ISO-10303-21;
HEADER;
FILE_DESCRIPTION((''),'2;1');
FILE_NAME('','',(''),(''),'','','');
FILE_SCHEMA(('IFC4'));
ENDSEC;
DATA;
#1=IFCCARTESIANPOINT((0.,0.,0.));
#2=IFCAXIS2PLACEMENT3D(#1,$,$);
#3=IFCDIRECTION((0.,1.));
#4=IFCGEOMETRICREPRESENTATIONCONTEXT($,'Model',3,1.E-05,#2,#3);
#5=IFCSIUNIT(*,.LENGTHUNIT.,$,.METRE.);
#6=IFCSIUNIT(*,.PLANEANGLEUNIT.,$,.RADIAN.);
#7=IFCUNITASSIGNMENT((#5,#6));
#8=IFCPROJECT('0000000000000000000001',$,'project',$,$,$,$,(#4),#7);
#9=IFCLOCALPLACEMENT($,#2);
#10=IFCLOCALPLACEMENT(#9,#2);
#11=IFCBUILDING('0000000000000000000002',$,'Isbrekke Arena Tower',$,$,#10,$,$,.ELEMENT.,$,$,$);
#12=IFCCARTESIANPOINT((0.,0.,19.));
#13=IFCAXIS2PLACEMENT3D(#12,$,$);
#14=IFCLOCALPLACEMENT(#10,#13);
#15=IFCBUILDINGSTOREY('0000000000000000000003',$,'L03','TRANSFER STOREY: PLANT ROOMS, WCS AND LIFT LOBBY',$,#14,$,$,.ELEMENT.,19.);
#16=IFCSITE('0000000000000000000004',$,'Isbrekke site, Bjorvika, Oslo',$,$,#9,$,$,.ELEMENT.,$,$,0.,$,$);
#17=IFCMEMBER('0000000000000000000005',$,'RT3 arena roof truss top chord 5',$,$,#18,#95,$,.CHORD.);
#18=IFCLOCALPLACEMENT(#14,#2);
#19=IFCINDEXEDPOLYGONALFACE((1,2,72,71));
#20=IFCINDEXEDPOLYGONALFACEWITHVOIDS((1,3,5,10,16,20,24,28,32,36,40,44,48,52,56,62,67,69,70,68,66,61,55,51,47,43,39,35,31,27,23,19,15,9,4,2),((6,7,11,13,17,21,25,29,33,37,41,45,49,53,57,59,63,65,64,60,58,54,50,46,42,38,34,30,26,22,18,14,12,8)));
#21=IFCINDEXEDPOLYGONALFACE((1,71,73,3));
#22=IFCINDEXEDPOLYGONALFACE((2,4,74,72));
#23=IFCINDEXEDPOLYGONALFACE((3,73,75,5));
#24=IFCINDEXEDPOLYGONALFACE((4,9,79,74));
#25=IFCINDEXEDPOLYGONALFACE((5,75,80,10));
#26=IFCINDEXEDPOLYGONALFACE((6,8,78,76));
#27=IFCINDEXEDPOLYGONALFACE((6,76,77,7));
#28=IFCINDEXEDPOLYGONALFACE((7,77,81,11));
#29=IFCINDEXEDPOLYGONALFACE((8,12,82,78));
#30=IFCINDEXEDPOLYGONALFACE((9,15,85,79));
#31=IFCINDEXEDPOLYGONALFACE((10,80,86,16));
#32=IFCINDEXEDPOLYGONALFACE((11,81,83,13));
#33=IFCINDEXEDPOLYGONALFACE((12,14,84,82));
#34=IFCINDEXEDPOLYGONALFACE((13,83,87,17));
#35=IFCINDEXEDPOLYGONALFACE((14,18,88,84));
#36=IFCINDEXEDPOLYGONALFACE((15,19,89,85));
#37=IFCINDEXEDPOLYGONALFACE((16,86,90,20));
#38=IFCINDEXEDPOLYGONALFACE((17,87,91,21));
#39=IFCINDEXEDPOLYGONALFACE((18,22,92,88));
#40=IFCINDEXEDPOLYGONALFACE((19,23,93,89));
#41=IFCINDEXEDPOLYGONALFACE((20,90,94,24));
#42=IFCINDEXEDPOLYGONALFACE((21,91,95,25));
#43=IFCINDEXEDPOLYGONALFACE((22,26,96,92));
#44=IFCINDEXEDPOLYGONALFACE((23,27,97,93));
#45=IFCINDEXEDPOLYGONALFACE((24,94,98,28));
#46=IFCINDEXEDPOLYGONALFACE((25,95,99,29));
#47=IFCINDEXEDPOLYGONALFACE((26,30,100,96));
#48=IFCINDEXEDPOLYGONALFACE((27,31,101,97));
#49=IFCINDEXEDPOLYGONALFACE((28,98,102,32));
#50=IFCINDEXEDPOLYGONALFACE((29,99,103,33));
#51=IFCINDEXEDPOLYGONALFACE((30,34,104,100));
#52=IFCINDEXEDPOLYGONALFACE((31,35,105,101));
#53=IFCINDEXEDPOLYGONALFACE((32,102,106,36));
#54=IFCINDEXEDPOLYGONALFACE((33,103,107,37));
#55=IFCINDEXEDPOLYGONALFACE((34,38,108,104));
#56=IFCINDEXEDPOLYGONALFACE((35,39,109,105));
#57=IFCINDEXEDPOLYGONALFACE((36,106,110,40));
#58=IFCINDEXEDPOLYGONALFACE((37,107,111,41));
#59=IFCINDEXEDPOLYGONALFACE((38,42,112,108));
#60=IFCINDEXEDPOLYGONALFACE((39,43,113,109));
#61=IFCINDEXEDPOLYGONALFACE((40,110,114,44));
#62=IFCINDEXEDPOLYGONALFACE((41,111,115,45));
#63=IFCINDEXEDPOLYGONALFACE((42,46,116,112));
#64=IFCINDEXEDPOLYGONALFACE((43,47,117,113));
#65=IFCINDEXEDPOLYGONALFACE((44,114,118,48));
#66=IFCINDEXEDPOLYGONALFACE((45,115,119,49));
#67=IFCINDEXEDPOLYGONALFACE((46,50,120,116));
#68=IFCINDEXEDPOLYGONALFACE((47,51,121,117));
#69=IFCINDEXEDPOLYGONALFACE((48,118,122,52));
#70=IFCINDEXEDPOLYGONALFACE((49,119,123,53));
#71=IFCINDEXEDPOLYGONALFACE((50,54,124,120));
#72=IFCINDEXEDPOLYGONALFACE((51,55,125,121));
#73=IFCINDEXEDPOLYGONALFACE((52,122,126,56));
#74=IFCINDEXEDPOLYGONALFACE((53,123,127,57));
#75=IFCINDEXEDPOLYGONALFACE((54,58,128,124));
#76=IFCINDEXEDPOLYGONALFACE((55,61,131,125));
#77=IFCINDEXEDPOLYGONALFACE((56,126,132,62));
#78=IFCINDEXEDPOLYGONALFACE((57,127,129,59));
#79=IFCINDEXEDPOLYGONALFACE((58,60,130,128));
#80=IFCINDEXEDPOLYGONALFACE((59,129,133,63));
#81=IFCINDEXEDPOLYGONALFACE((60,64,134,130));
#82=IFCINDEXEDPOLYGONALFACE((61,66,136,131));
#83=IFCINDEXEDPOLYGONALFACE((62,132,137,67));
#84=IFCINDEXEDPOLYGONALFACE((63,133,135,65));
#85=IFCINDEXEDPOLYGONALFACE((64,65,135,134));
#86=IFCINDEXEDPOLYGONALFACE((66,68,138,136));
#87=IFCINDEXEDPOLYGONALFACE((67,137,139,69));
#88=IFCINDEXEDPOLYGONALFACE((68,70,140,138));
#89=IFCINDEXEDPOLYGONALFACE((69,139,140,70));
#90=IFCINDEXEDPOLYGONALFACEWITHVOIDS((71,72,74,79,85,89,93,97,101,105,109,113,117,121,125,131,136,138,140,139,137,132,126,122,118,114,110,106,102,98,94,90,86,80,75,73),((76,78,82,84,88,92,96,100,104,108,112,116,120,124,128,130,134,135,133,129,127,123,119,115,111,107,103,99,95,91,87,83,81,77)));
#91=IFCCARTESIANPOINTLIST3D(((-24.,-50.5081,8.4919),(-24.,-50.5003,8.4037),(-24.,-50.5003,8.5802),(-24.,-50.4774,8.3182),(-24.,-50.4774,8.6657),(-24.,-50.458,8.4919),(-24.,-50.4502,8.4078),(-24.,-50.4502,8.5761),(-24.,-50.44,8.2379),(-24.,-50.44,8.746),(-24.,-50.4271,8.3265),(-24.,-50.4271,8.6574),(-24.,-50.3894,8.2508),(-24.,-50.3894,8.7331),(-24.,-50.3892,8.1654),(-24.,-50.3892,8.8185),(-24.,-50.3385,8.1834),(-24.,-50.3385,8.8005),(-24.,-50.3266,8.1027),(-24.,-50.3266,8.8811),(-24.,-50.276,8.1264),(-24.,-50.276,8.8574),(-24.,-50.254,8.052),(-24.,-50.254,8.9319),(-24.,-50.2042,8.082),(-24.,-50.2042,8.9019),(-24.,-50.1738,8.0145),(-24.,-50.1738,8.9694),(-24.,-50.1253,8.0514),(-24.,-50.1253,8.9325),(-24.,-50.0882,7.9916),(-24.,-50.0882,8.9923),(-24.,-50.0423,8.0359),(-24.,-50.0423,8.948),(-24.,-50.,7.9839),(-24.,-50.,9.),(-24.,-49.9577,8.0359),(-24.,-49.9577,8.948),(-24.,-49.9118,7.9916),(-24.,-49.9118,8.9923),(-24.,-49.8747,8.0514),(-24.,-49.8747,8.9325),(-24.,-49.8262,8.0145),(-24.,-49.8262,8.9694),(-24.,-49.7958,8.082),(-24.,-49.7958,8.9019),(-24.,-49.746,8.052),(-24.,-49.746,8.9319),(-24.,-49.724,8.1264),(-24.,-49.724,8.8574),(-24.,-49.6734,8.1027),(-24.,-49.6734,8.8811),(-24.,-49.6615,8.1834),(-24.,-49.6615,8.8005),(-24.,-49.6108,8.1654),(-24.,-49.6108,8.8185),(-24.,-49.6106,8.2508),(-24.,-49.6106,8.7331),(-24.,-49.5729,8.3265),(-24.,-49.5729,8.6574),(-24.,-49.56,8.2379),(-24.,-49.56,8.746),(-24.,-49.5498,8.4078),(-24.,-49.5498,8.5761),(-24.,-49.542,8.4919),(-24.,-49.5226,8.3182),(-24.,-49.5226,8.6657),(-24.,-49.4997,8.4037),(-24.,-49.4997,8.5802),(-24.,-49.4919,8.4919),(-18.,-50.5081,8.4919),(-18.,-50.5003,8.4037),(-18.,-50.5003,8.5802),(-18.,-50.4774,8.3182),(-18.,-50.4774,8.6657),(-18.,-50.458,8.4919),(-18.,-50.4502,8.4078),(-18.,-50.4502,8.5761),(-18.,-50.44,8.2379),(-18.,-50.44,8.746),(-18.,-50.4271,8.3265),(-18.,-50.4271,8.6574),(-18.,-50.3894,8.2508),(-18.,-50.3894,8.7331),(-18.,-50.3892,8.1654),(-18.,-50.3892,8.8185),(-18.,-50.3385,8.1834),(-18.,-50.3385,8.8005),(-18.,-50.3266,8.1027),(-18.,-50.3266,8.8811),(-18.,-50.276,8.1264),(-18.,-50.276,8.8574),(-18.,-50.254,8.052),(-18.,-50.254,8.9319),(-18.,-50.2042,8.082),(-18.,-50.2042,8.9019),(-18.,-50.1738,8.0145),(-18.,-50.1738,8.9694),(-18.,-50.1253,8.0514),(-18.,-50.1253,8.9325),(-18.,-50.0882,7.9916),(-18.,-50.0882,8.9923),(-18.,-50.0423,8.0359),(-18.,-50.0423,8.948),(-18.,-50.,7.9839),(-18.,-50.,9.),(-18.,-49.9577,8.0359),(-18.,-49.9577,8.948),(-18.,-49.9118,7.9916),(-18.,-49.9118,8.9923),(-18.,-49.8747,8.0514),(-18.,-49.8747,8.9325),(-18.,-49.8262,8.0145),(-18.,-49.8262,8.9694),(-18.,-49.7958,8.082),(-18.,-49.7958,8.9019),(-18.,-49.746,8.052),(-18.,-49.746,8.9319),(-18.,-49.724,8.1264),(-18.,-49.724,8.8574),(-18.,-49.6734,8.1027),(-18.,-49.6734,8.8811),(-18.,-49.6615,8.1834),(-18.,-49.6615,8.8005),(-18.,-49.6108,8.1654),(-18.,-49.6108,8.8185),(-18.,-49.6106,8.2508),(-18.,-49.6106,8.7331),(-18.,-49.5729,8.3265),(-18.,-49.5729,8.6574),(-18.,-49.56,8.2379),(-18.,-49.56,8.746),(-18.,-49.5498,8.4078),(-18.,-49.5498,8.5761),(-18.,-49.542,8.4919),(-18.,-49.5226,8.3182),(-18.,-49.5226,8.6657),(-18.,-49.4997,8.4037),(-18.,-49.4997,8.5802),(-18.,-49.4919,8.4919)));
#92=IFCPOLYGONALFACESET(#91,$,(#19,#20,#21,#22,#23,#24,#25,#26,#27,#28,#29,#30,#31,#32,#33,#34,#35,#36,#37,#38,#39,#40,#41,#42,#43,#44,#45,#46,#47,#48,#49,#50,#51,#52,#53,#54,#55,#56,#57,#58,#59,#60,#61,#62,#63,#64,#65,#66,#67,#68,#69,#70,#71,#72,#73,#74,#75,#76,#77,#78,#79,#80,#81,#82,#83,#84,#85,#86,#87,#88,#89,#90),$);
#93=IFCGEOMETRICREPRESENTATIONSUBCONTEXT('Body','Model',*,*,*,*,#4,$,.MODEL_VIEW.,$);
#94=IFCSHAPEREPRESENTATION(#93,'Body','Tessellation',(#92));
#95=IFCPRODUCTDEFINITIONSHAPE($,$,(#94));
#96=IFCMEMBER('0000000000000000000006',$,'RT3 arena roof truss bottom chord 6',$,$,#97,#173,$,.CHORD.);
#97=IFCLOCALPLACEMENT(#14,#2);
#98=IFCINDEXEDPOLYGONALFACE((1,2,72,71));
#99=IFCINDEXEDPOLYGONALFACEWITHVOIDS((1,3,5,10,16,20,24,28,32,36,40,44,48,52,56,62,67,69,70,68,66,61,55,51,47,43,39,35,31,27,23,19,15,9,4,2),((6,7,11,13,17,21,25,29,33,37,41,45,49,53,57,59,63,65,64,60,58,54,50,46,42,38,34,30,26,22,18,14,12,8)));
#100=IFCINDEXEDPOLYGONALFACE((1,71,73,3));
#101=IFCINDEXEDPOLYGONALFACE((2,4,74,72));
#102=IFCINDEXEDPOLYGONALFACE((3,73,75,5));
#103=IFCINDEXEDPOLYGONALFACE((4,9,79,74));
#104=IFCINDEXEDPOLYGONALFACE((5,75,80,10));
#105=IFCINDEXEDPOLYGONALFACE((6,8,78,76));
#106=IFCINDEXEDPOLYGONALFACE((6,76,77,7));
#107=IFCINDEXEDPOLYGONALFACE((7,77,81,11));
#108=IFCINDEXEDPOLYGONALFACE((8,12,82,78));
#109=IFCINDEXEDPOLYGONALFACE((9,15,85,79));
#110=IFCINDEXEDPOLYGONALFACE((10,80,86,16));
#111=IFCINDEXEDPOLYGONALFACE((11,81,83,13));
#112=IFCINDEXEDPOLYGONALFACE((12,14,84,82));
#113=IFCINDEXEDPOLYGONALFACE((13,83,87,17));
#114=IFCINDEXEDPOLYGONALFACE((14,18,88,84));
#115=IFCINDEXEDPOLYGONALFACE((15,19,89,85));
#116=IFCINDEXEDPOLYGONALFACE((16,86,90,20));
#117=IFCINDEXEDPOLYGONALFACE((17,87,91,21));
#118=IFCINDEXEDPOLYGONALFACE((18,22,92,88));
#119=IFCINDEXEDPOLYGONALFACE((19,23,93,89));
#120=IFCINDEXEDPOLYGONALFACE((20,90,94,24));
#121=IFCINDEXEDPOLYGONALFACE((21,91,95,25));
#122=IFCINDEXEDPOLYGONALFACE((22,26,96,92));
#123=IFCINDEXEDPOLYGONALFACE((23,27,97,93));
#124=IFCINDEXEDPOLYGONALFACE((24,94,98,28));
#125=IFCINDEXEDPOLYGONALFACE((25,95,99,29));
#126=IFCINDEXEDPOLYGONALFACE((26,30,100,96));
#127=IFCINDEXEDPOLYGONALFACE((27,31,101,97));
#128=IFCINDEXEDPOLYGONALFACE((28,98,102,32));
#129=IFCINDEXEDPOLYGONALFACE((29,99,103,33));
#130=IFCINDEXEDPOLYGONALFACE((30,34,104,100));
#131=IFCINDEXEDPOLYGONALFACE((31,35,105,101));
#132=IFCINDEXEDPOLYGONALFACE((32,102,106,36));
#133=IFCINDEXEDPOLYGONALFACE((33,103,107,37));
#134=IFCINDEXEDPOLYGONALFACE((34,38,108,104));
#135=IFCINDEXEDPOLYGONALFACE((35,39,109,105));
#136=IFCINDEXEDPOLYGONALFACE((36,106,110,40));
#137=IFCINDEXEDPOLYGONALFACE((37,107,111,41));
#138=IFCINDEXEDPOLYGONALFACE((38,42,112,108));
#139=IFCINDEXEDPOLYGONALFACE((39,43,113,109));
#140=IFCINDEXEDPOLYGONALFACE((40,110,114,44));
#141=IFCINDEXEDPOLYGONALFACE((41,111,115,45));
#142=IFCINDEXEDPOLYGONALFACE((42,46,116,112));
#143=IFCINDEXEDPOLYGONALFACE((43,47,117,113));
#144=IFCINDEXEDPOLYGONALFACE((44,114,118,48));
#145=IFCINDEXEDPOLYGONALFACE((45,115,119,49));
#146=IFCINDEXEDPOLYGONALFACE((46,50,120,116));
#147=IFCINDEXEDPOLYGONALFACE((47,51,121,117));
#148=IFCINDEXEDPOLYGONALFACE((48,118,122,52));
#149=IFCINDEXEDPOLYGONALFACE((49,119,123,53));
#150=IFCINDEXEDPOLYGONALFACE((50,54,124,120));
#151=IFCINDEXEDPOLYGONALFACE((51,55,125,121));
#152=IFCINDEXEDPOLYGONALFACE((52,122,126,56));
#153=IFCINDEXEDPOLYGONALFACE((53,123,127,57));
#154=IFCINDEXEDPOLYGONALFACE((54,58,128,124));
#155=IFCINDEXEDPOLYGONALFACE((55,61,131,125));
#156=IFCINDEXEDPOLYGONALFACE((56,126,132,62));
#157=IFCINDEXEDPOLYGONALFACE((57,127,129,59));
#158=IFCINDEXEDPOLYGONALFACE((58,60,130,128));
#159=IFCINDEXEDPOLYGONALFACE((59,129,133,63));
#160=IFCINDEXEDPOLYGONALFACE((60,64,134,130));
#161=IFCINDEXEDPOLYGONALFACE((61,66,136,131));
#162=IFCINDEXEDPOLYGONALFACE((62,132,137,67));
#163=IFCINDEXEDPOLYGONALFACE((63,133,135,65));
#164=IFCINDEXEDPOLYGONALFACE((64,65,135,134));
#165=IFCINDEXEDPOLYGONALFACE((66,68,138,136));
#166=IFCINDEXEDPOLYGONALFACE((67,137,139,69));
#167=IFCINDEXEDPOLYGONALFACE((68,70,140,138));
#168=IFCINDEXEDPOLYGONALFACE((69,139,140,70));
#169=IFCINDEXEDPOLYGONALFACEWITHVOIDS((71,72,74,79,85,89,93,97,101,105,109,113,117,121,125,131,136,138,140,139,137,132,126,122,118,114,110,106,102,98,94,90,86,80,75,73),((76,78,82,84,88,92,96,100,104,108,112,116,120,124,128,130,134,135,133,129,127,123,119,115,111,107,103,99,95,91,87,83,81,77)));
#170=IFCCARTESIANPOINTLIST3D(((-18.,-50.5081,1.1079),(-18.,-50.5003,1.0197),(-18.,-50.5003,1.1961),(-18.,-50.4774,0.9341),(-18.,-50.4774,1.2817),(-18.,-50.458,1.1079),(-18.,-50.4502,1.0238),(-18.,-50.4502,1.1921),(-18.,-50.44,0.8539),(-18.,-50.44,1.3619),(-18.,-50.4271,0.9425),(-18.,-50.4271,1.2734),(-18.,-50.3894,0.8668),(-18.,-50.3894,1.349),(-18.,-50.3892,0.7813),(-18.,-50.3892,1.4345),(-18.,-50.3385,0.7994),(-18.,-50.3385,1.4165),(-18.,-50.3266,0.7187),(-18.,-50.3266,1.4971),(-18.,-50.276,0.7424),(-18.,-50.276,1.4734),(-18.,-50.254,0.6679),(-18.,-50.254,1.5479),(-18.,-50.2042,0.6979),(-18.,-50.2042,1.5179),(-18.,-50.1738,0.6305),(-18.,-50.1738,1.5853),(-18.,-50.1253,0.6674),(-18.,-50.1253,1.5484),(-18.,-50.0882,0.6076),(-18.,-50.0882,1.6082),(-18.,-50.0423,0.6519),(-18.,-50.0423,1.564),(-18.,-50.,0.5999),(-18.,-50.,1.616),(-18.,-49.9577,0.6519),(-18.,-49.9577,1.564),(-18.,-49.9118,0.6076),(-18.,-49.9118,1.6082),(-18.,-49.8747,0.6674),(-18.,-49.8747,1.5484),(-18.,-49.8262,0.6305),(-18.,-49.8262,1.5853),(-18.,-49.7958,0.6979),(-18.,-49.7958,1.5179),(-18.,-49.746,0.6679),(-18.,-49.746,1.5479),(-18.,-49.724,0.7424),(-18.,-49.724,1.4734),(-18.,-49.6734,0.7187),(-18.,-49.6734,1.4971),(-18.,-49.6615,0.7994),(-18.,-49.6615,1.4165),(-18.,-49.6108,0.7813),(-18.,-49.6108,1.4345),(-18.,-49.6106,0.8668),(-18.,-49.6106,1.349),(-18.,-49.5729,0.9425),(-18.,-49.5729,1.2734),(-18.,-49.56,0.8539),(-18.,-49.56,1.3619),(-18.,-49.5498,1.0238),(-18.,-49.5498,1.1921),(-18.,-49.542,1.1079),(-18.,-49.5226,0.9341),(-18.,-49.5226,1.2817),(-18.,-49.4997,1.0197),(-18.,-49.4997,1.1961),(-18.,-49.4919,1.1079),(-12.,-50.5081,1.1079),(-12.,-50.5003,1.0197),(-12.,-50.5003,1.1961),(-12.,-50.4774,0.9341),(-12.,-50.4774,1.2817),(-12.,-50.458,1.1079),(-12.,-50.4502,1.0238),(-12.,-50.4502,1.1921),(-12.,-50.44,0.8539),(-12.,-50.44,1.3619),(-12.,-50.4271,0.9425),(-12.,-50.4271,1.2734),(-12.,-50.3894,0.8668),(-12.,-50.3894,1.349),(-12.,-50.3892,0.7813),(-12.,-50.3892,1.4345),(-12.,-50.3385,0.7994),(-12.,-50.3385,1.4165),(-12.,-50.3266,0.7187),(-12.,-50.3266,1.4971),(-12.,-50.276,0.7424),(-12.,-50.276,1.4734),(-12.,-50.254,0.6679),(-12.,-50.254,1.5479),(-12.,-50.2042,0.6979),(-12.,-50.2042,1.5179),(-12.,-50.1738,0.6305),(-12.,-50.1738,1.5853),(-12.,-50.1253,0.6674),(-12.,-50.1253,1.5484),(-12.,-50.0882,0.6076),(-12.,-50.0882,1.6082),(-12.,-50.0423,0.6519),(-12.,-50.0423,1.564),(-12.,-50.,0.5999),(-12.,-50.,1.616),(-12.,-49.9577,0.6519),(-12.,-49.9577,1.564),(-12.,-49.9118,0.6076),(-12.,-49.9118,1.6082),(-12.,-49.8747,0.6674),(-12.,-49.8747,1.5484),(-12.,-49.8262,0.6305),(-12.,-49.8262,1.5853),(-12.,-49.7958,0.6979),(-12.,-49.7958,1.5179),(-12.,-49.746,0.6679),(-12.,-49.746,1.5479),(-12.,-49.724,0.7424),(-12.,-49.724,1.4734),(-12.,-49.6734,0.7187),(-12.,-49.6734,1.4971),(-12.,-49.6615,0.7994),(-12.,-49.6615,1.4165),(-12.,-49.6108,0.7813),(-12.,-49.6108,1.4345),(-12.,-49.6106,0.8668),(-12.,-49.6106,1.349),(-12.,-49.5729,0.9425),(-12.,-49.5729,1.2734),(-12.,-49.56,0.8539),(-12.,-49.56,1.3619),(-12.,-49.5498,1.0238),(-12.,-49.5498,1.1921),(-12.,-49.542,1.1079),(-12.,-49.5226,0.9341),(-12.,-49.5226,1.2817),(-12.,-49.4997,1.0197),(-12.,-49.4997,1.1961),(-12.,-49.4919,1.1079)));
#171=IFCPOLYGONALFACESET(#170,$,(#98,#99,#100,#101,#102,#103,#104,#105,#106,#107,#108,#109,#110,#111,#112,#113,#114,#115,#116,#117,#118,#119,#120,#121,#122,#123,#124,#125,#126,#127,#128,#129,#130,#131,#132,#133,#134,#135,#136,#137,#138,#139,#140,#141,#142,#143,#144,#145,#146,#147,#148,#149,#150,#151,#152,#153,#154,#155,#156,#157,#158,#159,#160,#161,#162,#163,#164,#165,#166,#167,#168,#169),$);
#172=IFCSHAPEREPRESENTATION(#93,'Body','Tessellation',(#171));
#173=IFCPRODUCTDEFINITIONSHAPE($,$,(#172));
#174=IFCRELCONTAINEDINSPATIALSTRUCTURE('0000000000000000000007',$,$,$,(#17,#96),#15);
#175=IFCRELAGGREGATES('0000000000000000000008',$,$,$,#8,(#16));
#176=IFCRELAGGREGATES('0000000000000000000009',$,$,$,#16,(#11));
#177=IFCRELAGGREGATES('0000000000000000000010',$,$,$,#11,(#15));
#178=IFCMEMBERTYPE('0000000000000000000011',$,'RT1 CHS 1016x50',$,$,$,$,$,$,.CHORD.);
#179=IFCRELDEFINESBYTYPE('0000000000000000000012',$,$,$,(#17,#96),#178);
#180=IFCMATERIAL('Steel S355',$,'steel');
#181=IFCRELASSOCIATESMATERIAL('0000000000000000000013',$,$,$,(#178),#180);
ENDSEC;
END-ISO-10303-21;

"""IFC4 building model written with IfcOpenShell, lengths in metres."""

from ifc_helpers import new_model, si_unit, direction, frame, origin, origin_2d, place, context, subcontext, project, spatial, hollow_circle, extrude, material, material_profile, profile_set, type_object, element, save


model = new_model("IFC4")

# Units and contexts
model_context = context("Model", 3, precision=1e-05, world=origin(), true_north=direction((0.0, 1.0)))
body_context = subcontext(model_context, "Body", "Model", "MODEL_VIEW")
ifc_project = project(units=[si_unit("LENGTHUNIT", "METRE"), si_unit("PLANEANGLEUNIT", "RADIAN")], contexts=[model_context])

# Site, building, storey
site_placement = place(None, origin())
site = spatial("IfcSite", under=ifc_project, at=site_placement, Name="Isbrekke site, Bjorvika, Oslo", CompositionType="ELEMENT", RefElevation=0.0)
building_placement = place(site_placement, origin())
building = spatial("IfcBuilding", under=site, at=building_placement, Name="Isbrekke Arena Tower", CompositionType="ELEMENT")
storey_placement = place(building_placement, frame((0.0, 0.0, 19.0)))
storey = spatial("IfcBuildingStorey", under=building, at=storey_placement, Name="L03", Description="TRANSFER STOREY: PLANT ROOMS, WCS AND LIFT LOBBY", CompositionType="ELEMENT", Elevation=19.0)

# Members
ifc_material_1 = material(Name="Steel S355", Category="steel")
ifc_material_profile_1 = material_profile(ifc_material_1, hollow_circle(Radius=0.5081, WallThickness=0.05, at=origin_2d()), Name="CHS 1016x50")
ifc_profile_set_1 = profile_set([ifc_material_profile_1], Name="Steel S355")
member_type_1 = type_object("IfcMemberType", Name="RT1 CHS 1016x50", PredefinedType="CHORD", material=ifc_profile_set_1)
for number, where, z_axis, x_axis, name in (
    (1, (-24.0, -50.0, 8.4919), (1.0, 0.0, 0.0), (0.0, 1.0, 0.0), "RT3 arena roof truss top chord 5"),
    (2, (-18.0, -50.0, 1.1079), (1.0, 0.0, 0.0), (0.0, 1.0, 0.0), "RT3 arena roof truss bottom chord 6"),
):
    element("IfcMember", number, at=place(storey_placement, frame(where, z_axis=z_axis, x_axis=x_axis)), inside=storey, type_object=member_type_1, Name=name, PredefinedType="CHORD", context=body_context, shape_type="SweptSolid", body=[
        extrude(hollow_circle(Radius=0.5081, WallThickness=0.05, at=origin_2d()), origin(), (0.0, 0.0, 1.0), 6.0),
    ])

save(model, "model.ifc")
